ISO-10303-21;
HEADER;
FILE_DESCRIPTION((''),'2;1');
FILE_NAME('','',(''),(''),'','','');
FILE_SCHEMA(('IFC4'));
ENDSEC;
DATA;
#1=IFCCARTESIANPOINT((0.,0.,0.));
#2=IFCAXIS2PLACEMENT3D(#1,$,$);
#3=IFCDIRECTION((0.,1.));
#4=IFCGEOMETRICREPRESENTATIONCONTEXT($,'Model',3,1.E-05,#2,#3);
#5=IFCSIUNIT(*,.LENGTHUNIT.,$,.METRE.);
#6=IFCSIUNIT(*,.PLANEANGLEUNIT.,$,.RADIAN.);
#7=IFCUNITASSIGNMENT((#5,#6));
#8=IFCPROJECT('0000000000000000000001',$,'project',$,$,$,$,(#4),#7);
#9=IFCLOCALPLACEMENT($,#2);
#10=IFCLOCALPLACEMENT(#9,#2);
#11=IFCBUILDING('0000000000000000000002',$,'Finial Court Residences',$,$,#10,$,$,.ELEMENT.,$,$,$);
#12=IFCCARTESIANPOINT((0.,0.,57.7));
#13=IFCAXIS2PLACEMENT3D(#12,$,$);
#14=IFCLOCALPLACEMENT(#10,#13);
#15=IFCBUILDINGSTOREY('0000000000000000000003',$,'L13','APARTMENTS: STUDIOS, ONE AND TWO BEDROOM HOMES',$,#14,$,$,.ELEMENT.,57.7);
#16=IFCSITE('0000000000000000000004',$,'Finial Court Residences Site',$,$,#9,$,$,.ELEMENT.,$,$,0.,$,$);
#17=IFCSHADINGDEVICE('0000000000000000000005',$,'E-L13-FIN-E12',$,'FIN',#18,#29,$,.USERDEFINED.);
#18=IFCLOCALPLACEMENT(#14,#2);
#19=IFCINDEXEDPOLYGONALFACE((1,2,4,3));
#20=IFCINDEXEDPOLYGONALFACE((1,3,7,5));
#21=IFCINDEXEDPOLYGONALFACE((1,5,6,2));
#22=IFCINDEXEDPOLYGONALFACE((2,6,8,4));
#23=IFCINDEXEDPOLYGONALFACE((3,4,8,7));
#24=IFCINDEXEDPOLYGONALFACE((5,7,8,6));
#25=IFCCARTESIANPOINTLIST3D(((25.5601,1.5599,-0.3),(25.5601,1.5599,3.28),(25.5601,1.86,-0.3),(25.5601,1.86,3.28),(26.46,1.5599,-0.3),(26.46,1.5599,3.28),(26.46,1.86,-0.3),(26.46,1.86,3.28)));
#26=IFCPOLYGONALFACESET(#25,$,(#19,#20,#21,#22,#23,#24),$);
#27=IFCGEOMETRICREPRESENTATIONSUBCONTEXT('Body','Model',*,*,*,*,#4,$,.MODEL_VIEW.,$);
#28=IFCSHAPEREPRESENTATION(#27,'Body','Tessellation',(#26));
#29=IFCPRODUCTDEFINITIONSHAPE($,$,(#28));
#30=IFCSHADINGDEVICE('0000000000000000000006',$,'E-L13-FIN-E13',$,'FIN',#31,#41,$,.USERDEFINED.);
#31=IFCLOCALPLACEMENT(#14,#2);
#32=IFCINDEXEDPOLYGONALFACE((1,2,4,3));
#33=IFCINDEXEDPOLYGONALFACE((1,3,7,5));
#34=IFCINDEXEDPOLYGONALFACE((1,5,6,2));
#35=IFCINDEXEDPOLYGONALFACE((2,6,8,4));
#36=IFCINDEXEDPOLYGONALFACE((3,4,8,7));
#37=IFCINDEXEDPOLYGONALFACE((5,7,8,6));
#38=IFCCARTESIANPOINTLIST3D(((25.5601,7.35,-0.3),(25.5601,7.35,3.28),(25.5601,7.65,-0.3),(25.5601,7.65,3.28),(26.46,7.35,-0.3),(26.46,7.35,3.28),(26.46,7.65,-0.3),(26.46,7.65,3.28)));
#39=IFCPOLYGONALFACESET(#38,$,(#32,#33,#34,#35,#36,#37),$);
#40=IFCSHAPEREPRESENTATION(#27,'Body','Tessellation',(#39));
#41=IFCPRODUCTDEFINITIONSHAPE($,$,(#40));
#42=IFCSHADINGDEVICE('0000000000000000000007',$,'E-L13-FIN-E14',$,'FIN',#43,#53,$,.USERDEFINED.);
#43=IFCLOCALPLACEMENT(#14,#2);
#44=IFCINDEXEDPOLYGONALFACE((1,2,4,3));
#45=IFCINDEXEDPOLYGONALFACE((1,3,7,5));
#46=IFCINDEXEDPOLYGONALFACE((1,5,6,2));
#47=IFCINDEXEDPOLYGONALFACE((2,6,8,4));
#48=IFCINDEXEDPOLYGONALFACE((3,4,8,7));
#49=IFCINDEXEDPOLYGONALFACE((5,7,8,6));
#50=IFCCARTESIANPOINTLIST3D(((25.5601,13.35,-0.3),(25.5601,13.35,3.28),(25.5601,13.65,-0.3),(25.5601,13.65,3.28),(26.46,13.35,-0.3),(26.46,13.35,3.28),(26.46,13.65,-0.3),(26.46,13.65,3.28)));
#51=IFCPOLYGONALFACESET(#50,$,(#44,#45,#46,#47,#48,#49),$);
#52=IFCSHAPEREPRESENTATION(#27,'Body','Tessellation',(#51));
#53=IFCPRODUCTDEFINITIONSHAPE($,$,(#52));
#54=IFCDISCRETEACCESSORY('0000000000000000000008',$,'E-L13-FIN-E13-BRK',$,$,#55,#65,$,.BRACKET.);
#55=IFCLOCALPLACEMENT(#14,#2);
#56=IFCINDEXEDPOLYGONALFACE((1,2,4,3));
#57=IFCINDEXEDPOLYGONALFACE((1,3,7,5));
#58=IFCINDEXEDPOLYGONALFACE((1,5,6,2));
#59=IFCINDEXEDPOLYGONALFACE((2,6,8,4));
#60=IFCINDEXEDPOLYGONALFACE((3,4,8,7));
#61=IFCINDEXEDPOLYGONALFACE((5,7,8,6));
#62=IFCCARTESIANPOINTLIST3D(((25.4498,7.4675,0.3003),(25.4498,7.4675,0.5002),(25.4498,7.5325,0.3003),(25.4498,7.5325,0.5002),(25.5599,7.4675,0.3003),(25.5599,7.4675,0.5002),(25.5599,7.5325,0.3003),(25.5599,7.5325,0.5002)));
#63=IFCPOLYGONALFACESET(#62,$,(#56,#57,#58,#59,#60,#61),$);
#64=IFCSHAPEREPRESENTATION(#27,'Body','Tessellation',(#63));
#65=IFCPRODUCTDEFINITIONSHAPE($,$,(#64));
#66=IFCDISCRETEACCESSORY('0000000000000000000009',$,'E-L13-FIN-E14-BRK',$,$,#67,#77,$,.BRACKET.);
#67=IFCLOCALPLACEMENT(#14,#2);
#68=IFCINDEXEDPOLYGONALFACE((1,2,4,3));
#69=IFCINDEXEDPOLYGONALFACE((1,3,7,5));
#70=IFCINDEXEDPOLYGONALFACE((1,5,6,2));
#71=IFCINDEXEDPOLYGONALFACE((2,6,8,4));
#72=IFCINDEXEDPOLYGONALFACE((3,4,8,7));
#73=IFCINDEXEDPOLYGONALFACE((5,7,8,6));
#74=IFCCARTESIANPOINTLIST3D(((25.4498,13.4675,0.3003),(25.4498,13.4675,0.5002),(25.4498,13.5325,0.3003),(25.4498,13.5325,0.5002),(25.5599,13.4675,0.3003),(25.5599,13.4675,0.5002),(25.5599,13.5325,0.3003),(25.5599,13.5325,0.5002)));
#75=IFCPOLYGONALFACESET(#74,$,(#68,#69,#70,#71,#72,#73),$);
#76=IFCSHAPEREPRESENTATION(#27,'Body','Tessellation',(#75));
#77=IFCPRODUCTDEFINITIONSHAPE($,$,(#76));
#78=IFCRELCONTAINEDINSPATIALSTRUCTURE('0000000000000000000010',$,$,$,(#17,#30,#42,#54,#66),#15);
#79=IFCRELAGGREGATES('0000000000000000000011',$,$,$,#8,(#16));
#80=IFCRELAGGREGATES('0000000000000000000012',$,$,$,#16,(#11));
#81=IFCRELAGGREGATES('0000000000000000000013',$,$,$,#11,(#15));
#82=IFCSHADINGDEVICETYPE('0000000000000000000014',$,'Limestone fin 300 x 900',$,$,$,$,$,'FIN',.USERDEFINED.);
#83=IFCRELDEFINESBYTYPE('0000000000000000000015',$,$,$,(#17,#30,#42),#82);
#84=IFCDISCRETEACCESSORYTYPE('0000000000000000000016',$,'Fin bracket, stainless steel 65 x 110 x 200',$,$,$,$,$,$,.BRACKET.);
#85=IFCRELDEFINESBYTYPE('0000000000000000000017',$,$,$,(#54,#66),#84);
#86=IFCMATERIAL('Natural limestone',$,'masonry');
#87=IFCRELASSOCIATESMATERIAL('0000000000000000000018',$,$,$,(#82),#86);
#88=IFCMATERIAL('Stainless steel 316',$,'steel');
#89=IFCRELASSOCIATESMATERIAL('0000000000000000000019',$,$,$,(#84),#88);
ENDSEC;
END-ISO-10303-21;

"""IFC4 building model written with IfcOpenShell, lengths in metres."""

from ifc_helpers import new_model, si_unit, direction, frame, origin, origin_2d, place, context, subcontext, project, spatial, rectangle, extrude, material, type_object, element, save


model = new_model("IFC4")

# Units and contexts
model_context = context("Model", 3, precision=1e-05, world=origin(), true_north=direction((0.0, 1.0)))
body_context = subcontext(model_context, "Body", "Model", "MODEL_VIEW")
ifc_project = project(units=[si_unit("LENGTHUNIT", "METRE"), si_unit("PLANEANGLEUNIT", "RADIAN")], contexts=[model_context])

# Site, building, storey
site_placement = place(None, origin())
site = spatial("IfcSite", under=ifc_project, at=site_placement, Name="Finial Court Residences Site", CompositionType="ELEMENT", RefElevation=0.0)
building_placement = place(site_placement, origin())
building = spatial("IfcBuilding", under=site, at=building_placement, Name="Finial Court Residences", CompositionType="ELEMENT")
storey_placement = place(building_placement, frame((0.0, 0.0, 57.7)))
storey = spatial("IfcBuildingStorey", under=building, at=storey_placement, Name="L13", Description="APARTMENTS: STUDIOS, ONE AND TWO BEDROOM HOMES", CompositionType="ELEMENT", Elevation=57.7)

# Shading devices
ifc_material_1 = material(Name="Natural limestone", Category="masonry")
shading_device_type = type_object("IfcShadingDeviceType", Name="Limestone fin 300 x 900", ElementType="FIN", PredefinedType="USERDEFINED", material=ifc_material_1)
for number, where, z_axis, x_axis, name in (
    (1, (26.01, 1.71, -0.3), (0.0, 0.0, 1.0), (1.0, 0.0, 0.0), "E-L13-FIN-E12"),
    (2, (26.01, 7.5, -0.3), (0.0, 0.0, 1.0), (1.0, 0.0, 0.0), "E-L13-FIN-E13"),
    (3, (26.01, 13.5, -0.3), (0.0, 0.0, 1.0), (1.0, 0.0, 0.0), "E-L13-FIN-E14"),
):
    element("IfcShadingDevice", number, at=place(storey_placement, frame(where, z_axis=z_axis, x_axis=x_axis)), inside=storey, type_object=shading_device_type, Name=name, ObjectType="FIN", PredefinedType="USERDEFINED", context=body_context, shape_type="SweptSolid", body=[
        extrude(rectangle(XDim=0.8999, YDim=0.3, at=origin_2d()), origin(), (0.0, 0.0, 1.0), 3.5801),
    ])

# Discrete accessories
ifc_material_2 = material(Name="Stainless steel 316", Category="steel")
discrete_accessory_type = type_object("IfcDiscreteAccessoryType", Name="Fin bracket, stainless steel 65 x 110 x 200", PredefinedType="BRACKET", material=ifc_material_2)
for number, where, z_axis, x_axis, name in (
    (4, (25.5049, 7.5, 0.3003), (0.0, 0.0, 1.0), (1.0, 0.0, 0.0), "E-L13-FIN-E13-BRK"),
    (5, (25.5049, 13.5, 0.3003), (0.0, 0.0, 1.0), (1.0, 0.0, 0.0), "E-L13-FIN-E14-BRK"),
):
    element("IfcDiscreteAccessory", number, at=place(storey_placement, frame(where, z_axis=z_axis, x_axis=x_axis)), inside=storey, type_object=discrete_accessory_type, Name=name, PredefinedType="BRACKET", context=body_context, shape_type="SweptSolid", body=[
        extrude(rectangle(XDim=0.1101, YDim=0.0649, at=origin_2d()), origin(), (0.0, 0.0, 1.0), 0.2),
    ])

save(model, "model.ifc")
